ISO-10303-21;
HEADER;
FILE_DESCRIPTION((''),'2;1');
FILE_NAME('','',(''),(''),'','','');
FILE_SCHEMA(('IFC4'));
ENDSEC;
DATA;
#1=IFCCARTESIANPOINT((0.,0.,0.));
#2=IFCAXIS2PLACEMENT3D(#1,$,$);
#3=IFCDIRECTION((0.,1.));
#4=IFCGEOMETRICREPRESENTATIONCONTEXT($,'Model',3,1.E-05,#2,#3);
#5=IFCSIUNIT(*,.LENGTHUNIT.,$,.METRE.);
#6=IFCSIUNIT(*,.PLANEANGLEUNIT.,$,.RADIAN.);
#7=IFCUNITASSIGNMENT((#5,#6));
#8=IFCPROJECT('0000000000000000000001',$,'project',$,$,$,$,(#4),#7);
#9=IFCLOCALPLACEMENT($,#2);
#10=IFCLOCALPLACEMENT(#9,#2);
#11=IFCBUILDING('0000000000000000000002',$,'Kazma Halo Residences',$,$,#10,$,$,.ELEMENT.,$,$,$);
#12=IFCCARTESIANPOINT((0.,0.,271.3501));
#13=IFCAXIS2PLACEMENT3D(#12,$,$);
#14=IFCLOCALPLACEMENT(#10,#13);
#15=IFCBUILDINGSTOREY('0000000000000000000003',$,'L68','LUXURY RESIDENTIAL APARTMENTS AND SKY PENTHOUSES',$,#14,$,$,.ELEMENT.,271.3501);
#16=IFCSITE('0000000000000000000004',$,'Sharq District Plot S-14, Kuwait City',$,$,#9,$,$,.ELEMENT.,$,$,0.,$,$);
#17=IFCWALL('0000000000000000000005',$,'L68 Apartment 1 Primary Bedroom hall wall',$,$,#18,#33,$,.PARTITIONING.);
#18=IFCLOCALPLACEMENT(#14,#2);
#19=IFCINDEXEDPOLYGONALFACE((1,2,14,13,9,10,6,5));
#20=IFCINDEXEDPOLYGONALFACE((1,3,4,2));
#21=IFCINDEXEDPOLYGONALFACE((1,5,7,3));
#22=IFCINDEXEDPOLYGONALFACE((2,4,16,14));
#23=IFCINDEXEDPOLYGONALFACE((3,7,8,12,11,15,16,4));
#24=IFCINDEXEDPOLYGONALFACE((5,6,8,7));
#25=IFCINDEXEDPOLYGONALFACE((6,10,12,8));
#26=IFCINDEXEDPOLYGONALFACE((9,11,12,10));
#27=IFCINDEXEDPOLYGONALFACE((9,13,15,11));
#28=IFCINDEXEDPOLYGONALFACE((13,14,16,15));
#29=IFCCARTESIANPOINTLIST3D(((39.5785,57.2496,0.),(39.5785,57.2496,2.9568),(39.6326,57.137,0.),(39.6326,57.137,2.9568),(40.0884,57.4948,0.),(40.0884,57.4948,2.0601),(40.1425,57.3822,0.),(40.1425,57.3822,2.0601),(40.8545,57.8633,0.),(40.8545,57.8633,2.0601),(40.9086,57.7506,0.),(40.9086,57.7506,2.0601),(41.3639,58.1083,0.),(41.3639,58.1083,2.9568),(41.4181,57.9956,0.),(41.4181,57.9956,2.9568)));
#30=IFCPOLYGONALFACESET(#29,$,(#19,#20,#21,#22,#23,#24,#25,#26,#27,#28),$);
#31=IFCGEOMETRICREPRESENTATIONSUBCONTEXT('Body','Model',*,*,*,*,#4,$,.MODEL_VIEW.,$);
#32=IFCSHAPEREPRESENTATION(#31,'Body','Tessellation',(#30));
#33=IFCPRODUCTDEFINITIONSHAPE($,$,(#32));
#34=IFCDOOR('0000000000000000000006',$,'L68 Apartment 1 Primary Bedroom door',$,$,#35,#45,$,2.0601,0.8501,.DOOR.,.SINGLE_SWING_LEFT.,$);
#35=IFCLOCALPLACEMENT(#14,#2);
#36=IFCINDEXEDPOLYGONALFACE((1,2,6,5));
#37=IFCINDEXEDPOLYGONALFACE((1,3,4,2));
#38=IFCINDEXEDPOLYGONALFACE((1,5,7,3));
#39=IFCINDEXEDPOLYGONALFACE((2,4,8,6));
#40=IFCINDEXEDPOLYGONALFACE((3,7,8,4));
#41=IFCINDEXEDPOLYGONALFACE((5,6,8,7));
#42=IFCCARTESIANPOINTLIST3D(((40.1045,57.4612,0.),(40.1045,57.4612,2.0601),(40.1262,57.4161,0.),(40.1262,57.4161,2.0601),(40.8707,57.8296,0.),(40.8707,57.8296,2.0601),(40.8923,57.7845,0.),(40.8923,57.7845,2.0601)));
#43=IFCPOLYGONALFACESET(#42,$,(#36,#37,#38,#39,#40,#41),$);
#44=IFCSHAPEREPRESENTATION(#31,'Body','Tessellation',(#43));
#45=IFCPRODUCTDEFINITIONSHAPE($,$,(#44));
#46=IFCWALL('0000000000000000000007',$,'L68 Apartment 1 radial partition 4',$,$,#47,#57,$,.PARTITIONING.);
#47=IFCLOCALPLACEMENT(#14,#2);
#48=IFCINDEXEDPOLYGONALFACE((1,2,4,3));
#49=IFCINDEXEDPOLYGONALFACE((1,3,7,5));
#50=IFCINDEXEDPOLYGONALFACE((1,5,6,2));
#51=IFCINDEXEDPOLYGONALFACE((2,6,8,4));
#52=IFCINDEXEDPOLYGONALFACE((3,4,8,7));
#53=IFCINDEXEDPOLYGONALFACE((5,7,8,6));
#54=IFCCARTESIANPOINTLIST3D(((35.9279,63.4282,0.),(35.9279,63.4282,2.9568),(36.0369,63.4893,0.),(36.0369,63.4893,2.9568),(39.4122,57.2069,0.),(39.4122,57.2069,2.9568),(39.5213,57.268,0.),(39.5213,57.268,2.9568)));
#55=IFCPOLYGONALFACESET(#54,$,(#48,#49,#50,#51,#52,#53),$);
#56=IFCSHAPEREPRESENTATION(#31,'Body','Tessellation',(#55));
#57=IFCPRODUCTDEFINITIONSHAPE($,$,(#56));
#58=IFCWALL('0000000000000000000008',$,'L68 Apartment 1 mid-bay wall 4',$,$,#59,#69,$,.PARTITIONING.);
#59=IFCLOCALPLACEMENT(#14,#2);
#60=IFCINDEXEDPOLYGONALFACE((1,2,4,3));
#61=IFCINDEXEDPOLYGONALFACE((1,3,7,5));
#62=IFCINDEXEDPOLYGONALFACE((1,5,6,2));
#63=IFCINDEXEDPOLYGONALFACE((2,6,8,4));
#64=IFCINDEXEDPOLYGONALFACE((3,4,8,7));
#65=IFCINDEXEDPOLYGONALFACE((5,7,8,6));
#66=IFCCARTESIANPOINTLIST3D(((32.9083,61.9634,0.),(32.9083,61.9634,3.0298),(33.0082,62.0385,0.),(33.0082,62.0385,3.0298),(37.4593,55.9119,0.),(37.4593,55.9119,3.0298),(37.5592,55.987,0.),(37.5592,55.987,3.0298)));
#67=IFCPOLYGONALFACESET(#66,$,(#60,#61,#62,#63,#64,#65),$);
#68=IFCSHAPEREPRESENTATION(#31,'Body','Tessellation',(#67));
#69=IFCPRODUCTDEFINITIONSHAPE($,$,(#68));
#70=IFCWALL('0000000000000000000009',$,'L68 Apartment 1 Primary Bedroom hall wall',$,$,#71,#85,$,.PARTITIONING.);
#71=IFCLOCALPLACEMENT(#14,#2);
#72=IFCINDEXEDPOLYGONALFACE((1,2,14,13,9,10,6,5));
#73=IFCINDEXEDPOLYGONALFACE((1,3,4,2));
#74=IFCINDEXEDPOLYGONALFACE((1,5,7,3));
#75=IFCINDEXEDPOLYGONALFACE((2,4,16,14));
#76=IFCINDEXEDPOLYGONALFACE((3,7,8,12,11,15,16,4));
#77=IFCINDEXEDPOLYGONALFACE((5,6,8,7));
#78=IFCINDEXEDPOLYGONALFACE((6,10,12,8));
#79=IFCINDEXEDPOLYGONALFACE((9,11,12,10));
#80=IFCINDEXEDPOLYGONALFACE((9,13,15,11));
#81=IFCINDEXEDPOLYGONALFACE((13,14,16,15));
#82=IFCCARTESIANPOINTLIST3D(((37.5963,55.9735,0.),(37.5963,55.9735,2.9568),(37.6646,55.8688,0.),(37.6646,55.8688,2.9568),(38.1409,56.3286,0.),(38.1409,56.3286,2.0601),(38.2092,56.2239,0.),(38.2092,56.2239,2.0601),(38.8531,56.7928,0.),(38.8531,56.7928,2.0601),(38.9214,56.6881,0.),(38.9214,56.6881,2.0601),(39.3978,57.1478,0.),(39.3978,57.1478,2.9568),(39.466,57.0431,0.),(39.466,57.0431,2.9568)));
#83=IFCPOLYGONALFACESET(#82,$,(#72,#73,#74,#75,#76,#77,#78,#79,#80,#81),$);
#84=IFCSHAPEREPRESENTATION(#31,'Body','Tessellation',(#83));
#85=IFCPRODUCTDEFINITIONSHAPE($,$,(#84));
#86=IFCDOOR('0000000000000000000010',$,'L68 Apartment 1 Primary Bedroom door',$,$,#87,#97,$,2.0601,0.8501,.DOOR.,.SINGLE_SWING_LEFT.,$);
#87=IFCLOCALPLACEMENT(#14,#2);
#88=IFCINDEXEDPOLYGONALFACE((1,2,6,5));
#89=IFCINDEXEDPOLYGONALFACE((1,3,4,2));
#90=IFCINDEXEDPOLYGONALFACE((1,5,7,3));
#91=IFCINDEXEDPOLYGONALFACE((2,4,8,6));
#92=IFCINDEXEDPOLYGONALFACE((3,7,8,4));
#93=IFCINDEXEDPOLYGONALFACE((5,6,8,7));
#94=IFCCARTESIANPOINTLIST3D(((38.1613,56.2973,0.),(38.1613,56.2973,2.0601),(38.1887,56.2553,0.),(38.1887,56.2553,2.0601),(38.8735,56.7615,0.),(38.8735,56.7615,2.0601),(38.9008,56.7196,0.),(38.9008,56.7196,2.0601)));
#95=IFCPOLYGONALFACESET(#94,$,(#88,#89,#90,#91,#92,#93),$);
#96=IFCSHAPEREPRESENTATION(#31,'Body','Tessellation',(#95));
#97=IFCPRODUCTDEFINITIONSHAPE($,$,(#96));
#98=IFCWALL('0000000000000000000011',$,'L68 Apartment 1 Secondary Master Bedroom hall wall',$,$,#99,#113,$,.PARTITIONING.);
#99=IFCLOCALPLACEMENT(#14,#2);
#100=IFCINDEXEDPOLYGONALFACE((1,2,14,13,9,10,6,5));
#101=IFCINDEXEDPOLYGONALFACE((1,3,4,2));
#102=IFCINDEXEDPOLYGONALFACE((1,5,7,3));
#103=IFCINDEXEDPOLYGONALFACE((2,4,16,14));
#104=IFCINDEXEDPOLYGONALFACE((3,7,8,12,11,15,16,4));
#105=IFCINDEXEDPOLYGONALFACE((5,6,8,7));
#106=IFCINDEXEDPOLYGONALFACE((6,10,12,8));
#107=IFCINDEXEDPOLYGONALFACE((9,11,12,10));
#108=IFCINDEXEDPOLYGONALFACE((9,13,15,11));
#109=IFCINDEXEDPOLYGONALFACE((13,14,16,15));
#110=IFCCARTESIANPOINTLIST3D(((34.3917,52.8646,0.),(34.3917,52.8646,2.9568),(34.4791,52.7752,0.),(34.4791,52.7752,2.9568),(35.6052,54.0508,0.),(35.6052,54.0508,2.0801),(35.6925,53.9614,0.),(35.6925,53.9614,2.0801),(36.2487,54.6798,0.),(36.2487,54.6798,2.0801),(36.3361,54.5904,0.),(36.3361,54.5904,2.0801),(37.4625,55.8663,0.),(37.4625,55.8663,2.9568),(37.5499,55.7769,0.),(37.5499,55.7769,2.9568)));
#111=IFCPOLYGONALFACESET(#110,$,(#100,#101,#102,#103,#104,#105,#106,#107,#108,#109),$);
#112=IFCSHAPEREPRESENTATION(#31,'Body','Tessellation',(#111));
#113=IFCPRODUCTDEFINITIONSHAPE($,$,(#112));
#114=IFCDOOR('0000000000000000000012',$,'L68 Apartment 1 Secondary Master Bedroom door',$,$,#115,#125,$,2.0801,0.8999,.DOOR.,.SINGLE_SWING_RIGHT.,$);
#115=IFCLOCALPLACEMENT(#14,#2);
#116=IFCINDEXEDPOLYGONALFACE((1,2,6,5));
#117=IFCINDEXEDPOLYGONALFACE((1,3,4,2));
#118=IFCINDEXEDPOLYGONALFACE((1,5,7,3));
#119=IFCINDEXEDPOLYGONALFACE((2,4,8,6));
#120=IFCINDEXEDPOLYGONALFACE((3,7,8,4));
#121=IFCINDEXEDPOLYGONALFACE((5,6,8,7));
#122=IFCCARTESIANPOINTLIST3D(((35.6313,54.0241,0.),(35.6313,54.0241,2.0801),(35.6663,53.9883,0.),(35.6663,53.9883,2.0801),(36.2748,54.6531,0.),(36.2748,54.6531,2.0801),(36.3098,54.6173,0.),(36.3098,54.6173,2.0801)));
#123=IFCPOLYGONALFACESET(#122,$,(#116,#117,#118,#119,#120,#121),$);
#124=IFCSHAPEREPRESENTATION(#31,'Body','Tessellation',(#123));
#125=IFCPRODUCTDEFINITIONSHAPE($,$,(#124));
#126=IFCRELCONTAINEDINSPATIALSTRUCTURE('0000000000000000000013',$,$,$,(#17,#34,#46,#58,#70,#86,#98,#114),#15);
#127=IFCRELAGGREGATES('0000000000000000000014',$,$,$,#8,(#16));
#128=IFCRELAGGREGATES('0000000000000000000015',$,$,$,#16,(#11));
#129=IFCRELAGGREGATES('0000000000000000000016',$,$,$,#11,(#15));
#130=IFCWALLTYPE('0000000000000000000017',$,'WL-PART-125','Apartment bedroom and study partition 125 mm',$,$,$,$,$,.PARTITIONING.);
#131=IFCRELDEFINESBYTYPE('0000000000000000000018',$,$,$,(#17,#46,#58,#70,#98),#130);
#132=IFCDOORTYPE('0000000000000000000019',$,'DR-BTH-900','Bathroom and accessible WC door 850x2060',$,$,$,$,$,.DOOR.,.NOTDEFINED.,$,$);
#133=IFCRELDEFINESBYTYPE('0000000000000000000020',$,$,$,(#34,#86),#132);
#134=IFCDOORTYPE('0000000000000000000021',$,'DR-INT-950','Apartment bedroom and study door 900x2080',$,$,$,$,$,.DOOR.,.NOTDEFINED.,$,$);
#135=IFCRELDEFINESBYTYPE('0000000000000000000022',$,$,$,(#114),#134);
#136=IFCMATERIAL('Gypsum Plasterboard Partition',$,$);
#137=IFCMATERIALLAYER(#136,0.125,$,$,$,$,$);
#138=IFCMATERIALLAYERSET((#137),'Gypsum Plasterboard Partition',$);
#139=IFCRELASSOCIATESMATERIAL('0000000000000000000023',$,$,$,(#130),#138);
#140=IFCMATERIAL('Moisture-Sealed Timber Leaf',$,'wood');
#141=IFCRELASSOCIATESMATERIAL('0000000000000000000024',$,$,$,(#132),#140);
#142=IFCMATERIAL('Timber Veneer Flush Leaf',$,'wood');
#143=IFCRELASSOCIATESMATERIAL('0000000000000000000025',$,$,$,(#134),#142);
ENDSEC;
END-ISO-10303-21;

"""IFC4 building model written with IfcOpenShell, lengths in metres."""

from ifc_helpers import new_model, si_unit, direction, frame, frame_2d, origin, place, context, subcontext, project, spatial, rectangle, extrude, material, layer, layer_set, type_object, element, fill, save


model = new_model("IFC4")

# Units and contexts
model_context = context("Model", 3, precision=1e-05, world=origin(), true_north=direction((0.0, 1.0)))
body_context = subcontext(model_context, "Body", "Model", "MODEL_VIEW")
ifc_project = project(units=[si_unit("LENGTHUNIT", "METRE"), si_unit("PLANEANGLEUNIT", "RADIAN")], contexts=[model_context])

# Site, building, storey
site_placement = place(None, origin())
site = spatial("IfcSite", under=ifc_project, at=site_placement, Name="Sharq District Plot S-14, Kuwait City", CompositionType="ELEMENT", RefElevation=0.0)
building_placement = place(site_placement, origin())
building = spatial("IfcBuilding", under=site, at=building_placement, Name="Kazma Halo Residences", CompositionType="ELEMENT")
storey_placement = place(building_placement, frame((0.0, 0.0, 271.3501)))
storey = spatial("IfcBuildingStorey", under=building, at=storey_placement, Name="L68", Description="LUXURY RESIDENTIAL APARTMENTS AND SKY PENTHOUSES", CompositionType="ELEMENT", Elevation=271.3501)

# Shared definitions
ifc_material_1 = material(Name="Gypsum Plasterboard Partition")
ifc_layer_1 = layer(ifc_material_1, 0.125)
ifc_layer_set_1 = layer_set([ifc_layer_1], Name="Gypsum Plasterboard Partition")
wall_type_1 = type_object("IfcWallType", Name="WL-PART-125", Description="Apartment bedroom and study partition 125 mm", PredefinedType="PARTITIONING", material=ifc_layer_set_1)

# Wall, opening, door
wall_1_placement = place(storey_placement, frame((41.3911, 58.052, 0.0), z_axis=(0.0, 0.0, 1.0), x_axis=(-0.901198, -0.433408, 0.0)))
wall_1 = element("IfcWall", 1, at=wall_1_placement, inside=storey, type_object=wall_type_1, Name="L68 Apartment 1 Primary Bedroom hall wall", PredefinedType="PARTITIONING", context=body_context, shape_type="SweptSolid", body=[
    extrude(rectangle(XDim=1.9812, YDim=0.125, at=frame_2d((0.9907, 0.0))), origin(), (0.0, 0.0, 1.0), 2.9568),
])
opening_1_placement = place(wall_1_placement, frame((0.5654, 0.0, 0.0)))
opening_1 = element("IfcOpeningElement", 2, at=opening_1_placement, cuts=wall_1, PredefinedType="OPENING", context=body_context, shape_type="SweptSolid", body=[
    extrude(rectangle(XDim=0.8501, YDim=2.0601, at=frame_2d((0.425, 1.03))), frame((0.0, 0.0725, 0.0), z_axis=(0.0, -1.0, 0.0), x_axis=(1.0, 0.0, 0.0)), (0.0, 0.0, 1.0), 0.145),
])
ifc_material_2 = material(Name="Moisture-Sealed Timber Leaf", Category="wood")
door_type_1 = type_object("IfcDoorType", Name="DR-BTH-900", Description="Bathroom and accessible WC door 850x2060", OperationType="NOTDEFINED", PredefinedType="DOOR", material=ifc_material_2)
door_1_placement = place(opening_1_placement, origin())
door_1 = element("IfcDoor", 3, at=door_1_placement, inside=storey, type_object=door_type_1, Name="L68 Apartment 1 Primary Bedroom door", OperationType="SINGLE_SWING_LEFT", OverallHeight=2.0601, OverallWidth=0.8501, PredefinedType="DOOR", context=body_context, shape_type="SweptSolid", body=[
    extrude(rectangle(XDim=0.8501, YDim=2.0601, at=frame_2d((0.425, 1.03))), frame((0.0, 0.0249, 0.0), z_axis=(0.0, -1.0, 0.0), x_axis=(1.0, 0.0, 0.0)), (0.0, 0.0, 1.0), 0.05),
])
fill(opening_1, door_1)

# Walls
wall_2_placement = place(storey_placement, frame((39.4668, 57.2373, 0.0), z_axis=(0.0, 0.0, 1.0), x_axis=(-0.488643, 0.872484, 0.0)))
element("IfcWall", 4, at=wall_2_placement, inside=storey, type_object=wall_type_1, Name="L68 Apartment 1 radial partition 4", PredefinedType="PARTITIONING", context=body_context, shape_type="SweptSolid", body=[
    extrude(rectangle(XDim=7.1306, YDim=0.125, at=frame_2d((3.5654, 0.0))), origin(), (0.0, 0.0, 1.0), 2.9568),
])
wall_3_placement = place(storey_placement, frame((37.5093, 55.9495, 0.0), z_axis=(0.0, 0.0, 1.0), x_axis=(-0.601047, 0.799214, 0.0)))
element("IfcWall", 5, at=wall_3_placement, inside=storey, type_object=wall_type_1, Name="L68 Apartment 1 mid-bay wall 4", PredefinedType="PARTITIONING", context=body_context, shape_type="SweptSolid", body=[
    extrude(rectangle(XDim=7.5718, YDim=0.125, at=frame_2d((3.7859, 0.0))), origin(), (0.0, 0.0, 1.0), 3.0298),
])

# Walls, openings, doors
wall_4_placement = place(storey_placement, frame((39.4319, 57.0955, 0.0), z_axis=(0.0, 0.0, 1.0), x_axis=(-0.837735, -0.546077, 0.0)))
wall_4 = element("IfcWall", 6, at=wall_4_placement, inside=storey, type_object=wall_type_1, Name="L68 Apartment 1 Primary Bedroom hall wall", PredefinedType="PARTITIONING", context=body_context, shape_type="SweptSolid", body=[
    extrude(rectangle(XDim=2.1504, YDim=0.125, at=frame_2d((1.0752, 0.0))), origin(), (0.0, 0.0, 1.0), 2.9568),
])
opening_2_placement = place(wall_4_placement, frame((0.6501, 0.0, 0.0)))
opening_2 = element("IfcOpeningElement", 7, at=opening_2_placement, cuts=wall_4, PredefinedType="OPENING", context=body_context, shape_type="SweptSolid", body=[
    extrude(rectangle(XDim=0.8501, YDim=2.0601, at=frame_2d((0.425, 1.03))), frame((0.0, 0.0725, 0.0), z_axis=(0.0, -1.0, 0.0), x_axis=(1.0, 0.0, 0.0)), (0.0, 0.0, 1.0), 0.145),
])
door_2_placement = place(opening_2_placement, origin())
door_2 = element("IfcDoor", 8, at=door_2_placement, inside=storey, type_object=door_type_1, Name="L68 Apartment 1 Primary Bedroom door", OperationType="SINGLE_SWING_LEFT", OverallHeight=2.0601, OverallWidth=0.8501, PredefinedType="DOOR", context=body_context, shape_type="SweptSolid", body=[
    extrude(rectangle(XDim=0.8501, YDim=2.0601, at=frame_2d((0.425, 1.03))), frame((0.0, 0.0249, 0.0), z_axis=(0.0, -1.0, 0.0), x_axis=(1.0, 0.0, 0.0)), (0.0, 0.0, 1.0), 0.05),
])
fill(opening_2, door_2)
wall_5_placement = place(storey_placement, frame((37.5061, 55.8215, 0.0), z_axis=(0.0, 0.0, 1.0), x_axis=(-0.715106, -0.699016, 0.0)))
wall_5 = element("IfcWall", 9, at=wall_5_placement, inside=storey, type_object=wall_type_1, Name="L68 Apartment 1 Secondary Master Bedroom hall wall", PredefinedType="PARTITIONING", context=body_context, shape_type="SweptSolid", body=[
    extrude(rectangle(XDim=4.2942, YDim=0.125, at=frame_2d((2.147, 0.0))), origin(), (0.0, 0.0, 1.0), 2.9568),
])
opening_3_placement = place(wall_5_placement, frame((1.6973, 0.0, 0.0)))
opening_3 = element("IfcOpeningElement", 10, at=opening_3_placement, cuts=wall_5, PredefinedType="OPENING", context=body_context, shape_type="SweptSolid", body=[
    extrude(rectangle(XDim=0.8999, YDim=2.0801, at=frame_2d((0.45, 1.04))), frame((0.0, 0.0725, 0.0), z_axis=(0.0, -1.0, 0.0), x_axis=(1.0, 0.0, 0.0)), (0.0, 0.0, 1.0), 0.145),
])
ifc_material_3 = material(Name="Timber Veneer Flush Leaf", Category="wood")
door_type_2 = type_object("IfcDoorType", Name="DR-INT-950", Description="Apartment bedroom and study door 900x2080", OperationType="NOTDEFINED", PredefinedType="DOOR", material=ifc_material_3)
door_3_placement = place(opening_3_placement, origin())
door_3 = element("IfcDoor", 11, at=door_3_placement, inside=storey, type_object=door_type_2, Name="L68 Apartment 1 Secondary Master Bedroom door", OperationType="SINGLE_SWING_RIGHT", OverallHeight=2.0801, OverallWidth=0.8999, PredefinedType="DOOR", context=body_context, shape_type="SweptSolid", body=[
    extrude(rectangle(XDim=0.8999, YDim=2.0801, at=frame_2d((0.45, 1.04))), frame((0.0, 0.0249, 0.0), z_axis=(0.0, -1.0, 0.0), x_axis=(1.0, 0.0, 0.0)), (0.0, 0.0, 1.0), 0.05),
])
fill(opening_3, door_3)

save(model, "model.ifc")
